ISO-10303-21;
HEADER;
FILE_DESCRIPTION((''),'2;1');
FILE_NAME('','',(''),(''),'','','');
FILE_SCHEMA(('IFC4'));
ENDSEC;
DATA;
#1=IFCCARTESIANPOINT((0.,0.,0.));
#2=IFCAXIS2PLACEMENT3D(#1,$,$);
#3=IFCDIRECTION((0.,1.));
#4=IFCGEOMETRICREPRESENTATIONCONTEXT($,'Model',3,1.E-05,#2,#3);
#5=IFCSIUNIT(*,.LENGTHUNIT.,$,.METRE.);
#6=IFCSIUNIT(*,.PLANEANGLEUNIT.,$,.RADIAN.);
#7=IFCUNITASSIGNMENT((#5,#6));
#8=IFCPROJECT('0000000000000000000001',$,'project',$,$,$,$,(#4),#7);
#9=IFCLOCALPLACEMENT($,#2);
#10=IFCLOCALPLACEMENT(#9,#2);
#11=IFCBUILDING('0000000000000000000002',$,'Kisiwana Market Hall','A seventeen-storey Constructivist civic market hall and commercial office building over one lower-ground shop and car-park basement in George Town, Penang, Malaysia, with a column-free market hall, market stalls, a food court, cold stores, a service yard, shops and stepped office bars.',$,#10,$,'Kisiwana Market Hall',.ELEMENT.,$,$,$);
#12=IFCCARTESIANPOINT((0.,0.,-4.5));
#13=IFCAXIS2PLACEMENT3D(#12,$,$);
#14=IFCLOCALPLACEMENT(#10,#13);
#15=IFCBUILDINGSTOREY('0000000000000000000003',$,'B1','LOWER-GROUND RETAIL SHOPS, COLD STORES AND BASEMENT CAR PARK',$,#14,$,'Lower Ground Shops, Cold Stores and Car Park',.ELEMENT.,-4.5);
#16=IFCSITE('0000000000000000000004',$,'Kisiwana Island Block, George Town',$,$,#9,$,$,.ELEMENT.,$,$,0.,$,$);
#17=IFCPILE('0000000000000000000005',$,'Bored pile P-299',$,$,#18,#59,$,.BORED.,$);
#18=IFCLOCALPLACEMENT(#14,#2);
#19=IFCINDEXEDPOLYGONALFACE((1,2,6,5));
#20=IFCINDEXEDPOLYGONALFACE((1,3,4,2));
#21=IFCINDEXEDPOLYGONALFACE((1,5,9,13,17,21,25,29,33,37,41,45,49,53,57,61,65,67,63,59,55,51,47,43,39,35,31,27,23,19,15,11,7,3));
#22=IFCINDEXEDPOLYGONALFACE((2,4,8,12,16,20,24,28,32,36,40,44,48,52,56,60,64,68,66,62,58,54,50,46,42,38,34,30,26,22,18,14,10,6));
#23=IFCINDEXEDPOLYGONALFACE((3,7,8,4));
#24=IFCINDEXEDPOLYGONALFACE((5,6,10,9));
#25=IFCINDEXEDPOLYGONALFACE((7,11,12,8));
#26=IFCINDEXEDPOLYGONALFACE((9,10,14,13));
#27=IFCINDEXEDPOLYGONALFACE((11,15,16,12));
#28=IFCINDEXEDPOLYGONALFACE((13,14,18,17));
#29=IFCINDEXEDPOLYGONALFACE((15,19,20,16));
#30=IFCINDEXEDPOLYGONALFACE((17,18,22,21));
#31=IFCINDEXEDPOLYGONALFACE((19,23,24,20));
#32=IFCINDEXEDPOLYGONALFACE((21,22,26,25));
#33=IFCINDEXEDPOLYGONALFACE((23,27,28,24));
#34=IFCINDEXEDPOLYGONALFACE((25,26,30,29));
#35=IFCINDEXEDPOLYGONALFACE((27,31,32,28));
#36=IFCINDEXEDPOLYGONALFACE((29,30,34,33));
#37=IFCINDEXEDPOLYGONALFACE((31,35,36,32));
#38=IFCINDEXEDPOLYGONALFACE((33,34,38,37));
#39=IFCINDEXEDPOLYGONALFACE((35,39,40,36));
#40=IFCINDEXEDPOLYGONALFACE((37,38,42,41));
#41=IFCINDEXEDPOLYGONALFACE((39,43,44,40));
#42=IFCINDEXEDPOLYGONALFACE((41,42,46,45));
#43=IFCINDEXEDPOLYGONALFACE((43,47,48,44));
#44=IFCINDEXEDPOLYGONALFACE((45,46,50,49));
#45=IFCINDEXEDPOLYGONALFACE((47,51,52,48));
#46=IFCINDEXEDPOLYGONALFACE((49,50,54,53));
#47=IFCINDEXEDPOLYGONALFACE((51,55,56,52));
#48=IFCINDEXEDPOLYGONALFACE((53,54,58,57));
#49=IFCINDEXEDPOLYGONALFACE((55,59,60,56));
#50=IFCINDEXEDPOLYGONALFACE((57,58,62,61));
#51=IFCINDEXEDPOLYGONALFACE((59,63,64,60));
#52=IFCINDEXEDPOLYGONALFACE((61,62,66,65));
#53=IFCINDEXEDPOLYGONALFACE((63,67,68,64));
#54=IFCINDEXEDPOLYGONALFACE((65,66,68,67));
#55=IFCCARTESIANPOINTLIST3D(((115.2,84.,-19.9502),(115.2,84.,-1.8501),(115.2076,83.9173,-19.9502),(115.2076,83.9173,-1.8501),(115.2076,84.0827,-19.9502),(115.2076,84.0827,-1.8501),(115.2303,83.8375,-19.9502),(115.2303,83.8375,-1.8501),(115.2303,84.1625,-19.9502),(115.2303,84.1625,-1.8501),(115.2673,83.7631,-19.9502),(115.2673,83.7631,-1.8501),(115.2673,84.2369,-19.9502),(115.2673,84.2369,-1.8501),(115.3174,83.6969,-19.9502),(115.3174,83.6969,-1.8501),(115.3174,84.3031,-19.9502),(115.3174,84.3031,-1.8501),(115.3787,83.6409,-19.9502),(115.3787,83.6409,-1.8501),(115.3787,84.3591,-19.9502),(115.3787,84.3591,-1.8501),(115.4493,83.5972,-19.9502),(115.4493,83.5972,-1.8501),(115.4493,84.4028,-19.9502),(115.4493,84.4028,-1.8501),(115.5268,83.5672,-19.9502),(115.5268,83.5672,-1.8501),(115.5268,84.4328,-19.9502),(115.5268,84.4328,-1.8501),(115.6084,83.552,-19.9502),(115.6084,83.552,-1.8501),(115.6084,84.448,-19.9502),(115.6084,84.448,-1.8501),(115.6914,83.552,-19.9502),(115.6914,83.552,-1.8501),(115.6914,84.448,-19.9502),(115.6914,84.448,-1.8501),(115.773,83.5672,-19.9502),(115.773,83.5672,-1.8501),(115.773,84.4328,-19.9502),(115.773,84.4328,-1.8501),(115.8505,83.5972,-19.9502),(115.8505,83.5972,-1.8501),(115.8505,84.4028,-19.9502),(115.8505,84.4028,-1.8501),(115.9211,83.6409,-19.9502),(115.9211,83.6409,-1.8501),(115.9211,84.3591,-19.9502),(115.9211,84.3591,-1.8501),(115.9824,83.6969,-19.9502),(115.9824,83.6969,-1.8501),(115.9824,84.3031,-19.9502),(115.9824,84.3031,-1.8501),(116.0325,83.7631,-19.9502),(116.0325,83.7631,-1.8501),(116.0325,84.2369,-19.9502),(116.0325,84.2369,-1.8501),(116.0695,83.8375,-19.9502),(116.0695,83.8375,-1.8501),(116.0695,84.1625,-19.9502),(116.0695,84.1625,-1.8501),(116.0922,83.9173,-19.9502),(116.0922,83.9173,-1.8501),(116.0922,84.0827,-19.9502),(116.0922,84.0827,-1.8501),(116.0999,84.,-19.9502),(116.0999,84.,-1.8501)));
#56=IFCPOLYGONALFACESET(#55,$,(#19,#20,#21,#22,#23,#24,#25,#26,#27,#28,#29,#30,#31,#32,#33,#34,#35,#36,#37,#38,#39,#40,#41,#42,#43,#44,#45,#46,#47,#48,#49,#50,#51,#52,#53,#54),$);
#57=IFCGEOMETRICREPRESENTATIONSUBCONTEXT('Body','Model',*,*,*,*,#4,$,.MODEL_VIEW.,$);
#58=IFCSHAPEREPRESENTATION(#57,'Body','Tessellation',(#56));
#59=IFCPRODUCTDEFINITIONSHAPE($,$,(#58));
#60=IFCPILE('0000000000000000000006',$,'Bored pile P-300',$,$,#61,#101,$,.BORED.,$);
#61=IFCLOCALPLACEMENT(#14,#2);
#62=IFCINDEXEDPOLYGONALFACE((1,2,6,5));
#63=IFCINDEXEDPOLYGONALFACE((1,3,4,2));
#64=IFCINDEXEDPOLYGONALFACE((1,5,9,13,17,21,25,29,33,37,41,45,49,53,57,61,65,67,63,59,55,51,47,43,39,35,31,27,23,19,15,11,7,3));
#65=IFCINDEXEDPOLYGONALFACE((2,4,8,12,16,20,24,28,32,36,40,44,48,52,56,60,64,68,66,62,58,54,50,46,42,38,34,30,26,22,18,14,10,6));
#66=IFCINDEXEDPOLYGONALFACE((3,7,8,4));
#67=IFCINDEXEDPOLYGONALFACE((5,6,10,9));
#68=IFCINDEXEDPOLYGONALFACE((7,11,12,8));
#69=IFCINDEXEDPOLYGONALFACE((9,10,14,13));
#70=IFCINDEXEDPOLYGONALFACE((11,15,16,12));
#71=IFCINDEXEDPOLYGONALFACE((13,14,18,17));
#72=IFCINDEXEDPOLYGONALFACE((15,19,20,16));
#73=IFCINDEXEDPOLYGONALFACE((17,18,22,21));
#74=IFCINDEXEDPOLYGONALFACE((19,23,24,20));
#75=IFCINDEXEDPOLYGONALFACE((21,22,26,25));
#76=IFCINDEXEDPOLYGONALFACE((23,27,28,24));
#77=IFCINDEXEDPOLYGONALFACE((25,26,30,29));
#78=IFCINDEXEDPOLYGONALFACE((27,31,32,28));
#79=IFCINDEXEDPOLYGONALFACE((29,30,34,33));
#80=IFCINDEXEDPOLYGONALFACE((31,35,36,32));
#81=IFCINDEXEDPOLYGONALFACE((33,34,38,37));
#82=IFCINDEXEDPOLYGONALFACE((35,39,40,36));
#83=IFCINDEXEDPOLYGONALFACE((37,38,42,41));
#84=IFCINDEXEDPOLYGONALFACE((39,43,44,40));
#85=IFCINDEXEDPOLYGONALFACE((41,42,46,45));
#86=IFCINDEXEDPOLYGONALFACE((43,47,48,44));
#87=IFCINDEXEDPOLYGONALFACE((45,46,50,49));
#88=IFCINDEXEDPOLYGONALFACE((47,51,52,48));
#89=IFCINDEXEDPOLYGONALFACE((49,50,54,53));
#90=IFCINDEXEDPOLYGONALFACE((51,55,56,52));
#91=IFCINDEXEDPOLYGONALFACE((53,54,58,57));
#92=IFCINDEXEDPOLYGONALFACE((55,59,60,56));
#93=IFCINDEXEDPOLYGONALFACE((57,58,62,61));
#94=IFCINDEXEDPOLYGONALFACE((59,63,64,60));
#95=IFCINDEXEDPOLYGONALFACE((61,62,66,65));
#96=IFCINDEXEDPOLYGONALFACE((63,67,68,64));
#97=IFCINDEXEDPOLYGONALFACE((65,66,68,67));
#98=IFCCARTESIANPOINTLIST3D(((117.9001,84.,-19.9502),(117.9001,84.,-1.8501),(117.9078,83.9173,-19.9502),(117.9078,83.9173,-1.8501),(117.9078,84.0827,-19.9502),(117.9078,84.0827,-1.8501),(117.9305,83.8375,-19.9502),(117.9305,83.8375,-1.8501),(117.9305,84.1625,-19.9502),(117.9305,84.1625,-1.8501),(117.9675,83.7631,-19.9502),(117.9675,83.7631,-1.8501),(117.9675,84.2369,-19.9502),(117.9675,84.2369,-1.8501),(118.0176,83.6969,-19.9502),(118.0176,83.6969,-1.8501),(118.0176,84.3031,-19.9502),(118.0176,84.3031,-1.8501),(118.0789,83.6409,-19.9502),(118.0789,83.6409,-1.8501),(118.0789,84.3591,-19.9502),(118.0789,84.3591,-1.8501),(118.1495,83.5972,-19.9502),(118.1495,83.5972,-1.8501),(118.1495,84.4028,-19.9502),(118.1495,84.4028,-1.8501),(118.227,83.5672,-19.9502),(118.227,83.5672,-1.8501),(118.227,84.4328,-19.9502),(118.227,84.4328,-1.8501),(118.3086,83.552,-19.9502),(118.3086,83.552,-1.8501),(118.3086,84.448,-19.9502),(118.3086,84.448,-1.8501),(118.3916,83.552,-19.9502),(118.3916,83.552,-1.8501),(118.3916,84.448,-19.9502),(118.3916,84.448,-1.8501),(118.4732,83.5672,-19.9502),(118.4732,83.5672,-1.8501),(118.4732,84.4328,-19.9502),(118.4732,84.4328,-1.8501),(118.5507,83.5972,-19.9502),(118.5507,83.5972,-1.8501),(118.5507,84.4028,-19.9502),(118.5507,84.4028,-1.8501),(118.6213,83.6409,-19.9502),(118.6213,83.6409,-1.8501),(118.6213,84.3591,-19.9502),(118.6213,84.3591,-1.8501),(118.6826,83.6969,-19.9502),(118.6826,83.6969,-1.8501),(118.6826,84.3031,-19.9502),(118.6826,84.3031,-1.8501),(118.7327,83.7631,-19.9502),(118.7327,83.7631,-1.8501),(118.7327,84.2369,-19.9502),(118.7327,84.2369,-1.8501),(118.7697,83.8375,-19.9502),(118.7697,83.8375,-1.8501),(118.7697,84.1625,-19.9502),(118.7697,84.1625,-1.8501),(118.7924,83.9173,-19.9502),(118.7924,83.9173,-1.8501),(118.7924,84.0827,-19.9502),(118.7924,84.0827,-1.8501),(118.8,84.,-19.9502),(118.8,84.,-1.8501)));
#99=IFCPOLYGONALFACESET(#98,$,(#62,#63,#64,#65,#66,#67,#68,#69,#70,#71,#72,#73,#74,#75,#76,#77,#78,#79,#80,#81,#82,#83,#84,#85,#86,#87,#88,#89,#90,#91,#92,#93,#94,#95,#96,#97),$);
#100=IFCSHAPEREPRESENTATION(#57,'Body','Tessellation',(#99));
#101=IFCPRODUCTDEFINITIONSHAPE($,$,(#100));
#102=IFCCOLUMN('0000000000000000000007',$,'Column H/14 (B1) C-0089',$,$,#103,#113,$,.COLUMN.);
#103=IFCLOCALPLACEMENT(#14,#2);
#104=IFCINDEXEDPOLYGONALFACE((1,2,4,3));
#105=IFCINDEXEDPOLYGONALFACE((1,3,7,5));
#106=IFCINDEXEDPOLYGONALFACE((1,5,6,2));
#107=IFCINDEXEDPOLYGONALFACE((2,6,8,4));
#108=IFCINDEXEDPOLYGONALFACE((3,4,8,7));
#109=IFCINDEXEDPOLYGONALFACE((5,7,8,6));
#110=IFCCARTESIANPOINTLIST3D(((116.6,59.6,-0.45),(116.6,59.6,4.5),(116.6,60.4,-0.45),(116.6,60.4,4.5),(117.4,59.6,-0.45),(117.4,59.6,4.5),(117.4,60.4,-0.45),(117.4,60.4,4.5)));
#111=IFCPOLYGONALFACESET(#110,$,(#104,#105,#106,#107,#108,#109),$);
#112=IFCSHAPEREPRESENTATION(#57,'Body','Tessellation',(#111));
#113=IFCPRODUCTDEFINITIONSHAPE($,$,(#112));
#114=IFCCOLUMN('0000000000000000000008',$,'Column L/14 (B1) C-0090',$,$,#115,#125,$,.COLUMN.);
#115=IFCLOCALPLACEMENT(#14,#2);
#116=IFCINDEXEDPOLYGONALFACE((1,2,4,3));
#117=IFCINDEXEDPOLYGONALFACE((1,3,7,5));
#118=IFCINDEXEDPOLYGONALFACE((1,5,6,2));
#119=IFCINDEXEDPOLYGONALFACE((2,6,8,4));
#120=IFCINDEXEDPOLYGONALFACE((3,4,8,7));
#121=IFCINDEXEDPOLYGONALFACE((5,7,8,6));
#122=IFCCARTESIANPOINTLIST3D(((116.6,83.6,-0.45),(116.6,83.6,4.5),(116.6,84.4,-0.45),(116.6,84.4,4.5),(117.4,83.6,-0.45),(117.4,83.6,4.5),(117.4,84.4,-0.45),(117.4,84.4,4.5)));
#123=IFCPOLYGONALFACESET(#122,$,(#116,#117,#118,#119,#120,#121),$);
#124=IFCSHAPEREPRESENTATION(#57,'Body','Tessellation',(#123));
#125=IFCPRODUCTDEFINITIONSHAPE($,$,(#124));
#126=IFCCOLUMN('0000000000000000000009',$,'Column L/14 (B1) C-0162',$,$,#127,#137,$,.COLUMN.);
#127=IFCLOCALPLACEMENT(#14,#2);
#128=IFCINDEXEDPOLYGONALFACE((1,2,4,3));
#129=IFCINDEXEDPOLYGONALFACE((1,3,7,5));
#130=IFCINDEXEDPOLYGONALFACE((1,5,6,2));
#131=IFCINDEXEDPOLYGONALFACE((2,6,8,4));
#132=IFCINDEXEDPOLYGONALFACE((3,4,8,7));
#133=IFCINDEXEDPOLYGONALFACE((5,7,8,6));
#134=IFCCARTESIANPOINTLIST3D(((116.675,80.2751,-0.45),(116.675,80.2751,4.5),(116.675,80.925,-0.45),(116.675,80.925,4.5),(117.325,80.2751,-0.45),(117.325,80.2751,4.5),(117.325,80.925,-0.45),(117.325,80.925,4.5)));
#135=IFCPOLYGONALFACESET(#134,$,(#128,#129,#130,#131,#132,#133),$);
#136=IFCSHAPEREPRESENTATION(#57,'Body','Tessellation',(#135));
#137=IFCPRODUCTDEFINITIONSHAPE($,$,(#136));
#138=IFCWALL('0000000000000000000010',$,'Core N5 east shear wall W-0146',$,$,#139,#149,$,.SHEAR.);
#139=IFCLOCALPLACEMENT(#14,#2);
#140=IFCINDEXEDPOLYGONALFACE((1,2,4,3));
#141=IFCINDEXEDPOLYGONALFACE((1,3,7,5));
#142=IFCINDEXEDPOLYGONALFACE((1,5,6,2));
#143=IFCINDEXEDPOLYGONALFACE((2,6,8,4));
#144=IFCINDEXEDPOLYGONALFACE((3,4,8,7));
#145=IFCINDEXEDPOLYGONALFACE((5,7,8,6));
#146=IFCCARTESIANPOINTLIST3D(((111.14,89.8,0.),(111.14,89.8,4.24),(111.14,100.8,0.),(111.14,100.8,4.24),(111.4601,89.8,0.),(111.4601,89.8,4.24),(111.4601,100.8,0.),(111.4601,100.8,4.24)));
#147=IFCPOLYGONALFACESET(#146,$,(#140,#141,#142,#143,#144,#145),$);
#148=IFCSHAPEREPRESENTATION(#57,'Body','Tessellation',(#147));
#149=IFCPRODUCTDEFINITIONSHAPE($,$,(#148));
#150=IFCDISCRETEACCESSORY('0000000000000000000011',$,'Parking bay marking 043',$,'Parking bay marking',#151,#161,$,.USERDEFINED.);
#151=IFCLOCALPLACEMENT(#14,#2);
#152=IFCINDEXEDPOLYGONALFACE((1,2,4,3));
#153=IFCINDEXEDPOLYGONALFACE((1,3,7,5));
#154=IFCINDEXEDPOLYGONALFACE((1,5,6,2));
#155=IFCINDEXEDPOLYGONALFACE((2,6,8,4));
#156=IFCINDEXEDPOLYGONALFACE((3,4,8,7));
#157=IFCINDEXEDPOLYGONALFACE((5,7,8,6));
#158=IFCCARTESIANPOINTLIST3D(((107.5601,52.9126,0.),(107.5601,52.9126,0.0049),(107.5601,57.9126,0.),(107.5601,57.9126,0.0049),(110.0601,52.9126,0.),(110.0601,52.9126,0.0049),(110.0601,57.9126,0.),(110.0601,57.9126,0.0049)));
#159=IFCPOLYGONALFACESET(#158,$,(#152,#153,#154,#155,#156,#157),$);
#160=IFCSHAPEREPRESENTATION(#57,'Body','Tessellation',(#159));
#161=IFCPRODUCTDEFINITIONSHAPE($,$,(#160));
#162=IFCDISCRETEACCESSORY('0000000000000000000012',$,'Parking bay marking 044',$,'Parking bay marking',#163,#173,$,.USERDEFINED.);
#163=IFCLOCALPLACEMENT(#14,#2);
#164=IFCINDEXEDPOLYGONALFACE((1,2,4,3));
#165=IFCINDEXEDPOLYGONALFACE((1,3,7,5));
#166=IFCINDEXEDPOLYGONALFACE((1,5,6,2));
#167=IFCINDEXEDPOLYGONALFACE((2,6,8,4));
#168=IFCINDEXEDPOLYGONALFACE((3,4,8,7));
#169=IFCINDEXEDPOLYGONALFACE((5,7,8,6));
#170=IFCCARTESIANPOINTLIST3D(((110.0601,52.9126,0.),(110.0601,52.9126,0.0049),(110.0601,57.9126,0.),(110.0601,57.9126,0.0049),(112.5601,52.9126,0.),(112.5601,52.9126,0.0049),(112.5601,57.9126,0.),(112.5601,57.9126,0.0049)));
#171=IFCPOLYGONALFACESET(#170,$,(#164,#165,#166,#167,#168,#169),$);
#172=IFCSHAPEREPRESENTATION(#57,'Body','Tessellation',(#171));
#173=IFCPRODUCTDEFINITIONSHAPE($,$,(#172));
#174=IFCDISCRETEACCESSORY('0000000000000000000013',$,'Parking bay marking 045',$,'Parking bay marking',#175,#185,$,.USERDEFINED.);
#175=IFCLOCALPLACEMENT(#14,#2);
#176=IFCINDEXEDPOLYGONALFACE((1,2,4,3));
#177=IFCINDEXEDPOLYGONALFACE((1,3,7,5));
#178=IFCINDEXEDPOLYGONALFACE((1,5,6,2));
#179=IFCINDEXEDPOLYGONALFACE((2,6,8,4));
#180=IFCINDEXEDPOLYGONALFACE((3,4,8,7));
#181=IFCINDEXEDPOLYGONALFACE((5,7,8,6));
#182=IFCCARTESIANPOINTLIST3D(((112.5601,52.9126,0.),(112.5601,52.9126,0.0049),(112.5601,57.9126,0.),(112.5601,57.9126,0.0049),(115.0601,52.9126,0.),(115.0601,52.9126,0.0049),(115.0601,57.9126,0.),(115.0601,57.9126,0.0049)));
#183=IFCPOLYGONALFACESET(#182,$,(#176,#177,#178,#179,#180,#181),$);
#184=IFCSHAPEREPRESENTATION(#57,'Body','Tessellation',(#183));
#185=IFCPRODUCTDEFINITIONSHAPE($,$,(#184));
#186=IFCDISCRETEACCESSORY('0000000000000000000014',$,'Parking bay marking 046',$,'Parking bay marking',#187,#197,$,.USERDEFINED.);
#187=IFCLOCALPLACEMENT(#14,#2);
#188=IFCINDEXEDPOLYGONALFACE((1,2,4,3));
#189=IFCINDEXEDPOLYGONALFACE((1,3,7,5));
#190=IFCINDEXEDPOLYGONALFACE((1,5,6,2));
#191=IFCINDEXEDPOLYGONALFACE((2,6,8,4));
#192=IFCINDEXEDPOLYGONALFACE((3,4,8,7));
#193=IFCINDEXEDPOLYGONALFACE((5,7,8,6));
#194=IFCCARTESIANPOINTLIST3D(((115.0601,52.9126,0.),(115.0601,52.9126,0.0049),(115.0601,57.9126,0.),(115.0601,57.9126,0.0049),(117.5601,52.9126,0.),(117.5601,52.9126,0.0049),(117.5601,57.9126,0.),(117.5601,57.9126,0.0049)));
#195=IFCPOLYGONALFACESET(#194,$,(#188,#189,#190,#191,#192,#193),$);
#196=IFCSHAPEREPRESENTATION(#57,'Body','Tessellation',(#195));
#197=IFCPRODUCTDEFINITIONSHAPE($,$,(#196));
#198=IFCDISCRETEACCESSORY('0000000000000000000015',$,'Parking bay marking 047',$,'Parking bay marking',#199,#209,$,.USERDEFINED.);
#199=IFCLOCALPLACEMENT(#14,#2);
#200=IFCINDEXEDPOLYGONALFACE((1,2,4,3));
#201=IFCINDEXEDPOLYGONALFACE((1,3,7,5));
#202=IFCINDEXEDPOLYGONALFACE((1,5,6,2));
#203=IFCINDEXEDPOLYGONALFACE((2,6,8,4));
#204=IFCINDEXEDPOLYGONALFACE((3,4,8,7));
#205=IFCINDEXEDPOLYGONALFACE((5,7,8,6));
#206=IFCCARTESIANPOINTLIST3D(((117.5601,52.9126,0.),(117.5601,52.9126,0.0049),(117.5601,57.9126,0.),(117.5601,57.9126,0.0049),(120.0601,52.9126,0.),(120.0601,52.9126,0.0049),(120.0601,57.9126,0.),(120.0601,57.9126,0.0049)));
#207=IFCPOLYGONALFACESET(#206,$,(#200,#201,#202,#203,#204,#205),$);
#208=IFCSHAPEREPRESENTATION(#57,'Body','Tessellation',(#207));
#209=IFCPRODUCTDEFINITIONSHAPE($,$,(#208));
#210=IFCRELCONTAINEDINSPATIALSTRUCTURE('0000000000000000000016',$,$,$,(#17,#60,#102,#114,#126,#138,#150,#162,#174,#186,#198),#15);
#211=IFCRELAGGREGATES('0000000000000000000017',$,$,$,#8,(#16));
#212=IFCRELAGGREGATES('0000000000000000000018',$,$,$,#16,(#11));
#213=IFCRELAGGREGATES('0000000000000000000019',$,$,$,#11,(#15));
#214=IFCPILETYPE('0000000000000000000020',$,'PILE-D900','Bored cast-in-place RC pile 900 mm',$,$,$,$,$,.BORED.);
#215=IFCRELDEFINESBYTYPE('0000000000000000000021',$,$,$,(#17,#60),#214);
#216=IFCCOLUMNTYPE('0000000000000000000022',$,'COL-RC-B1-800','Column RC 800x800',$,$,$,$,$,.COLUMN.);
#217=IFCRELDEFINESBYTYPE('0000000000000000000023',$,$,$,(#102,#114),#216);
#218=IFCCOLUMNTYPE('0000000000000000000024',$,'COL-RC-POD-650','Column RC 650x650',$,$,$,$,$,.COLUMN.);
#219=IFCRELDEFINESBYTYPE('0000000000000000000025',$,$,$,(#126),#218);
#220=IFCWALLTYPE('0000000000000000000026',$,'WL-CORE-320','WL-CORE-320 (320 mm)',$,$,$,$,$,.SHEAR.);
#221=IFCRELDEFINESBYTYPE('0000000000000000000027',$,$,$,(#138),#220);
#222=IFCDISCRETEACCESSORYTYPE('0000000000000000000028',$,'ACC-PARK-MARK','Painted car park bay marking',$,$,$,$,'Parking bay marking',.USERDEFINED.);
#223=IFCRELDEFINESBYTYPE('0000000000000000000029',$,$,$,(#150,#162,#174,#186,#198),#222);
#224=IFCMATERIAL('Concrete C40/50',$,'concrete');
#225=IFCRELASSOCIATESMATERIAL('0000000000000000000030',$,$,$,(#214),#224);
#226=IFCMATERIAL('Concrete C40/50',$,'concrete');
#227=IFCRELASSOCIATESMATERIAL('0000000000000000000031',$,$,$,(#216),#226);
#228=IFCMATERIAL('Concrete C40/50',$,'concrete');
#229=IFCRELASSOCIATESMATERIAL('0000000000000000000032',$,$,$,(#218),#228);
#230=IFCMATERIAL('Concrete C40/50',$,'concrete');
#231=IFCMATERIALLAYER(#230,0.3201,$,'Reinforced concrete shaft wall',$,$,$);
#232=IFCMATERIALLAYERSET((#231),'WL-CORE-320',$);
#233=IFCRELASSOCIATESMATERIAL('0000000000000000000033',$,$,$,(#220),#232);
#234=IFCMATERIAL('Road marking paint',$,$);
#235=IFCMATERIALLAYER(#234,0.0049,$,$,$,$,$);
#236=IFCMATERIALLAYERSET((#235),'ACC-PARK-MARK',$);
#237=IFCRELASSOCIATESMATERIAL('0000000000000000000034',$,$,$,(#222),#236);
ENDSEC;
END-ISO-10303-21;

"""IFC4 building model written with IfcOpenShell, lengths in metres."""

from ifc_helpers import new_model, si_unit, direction, frame, frame_2d, origin, origin_2d, place, context, subcontext, project, spatial, rectangle, circle, extrude, material, layer, layer_set, material_profile, profile_set, type_object, element, save


model = new_model("IFC4")

# Units and contexts
model_context = context("Model", 3, precision=1e-05, world=origin(), true_north=direction((0.0, 1.0)))
body_context = subcontext(model_context, "Body", "Model", "MODEL_VIEW")
ifc_project = project(units=[si_unit("LENGTHUNIT", "METRE"), si_unit("PLANEANGLEUNIT", "RADIAN")], contexts=[model_context])

# Site, building, storey
site_placement = place(None, origin())
site = spatial("IfcSite", under=ifc_project, at=site_placement, Name="Kisiwana Island Block, George Town", CompositionType="ELEMENT", RefElevation=0.0)
building_placement = place(site_placement, origin())
building = spatial("IfcBuilding", under=site, at=building_placement, Name="Kisiwana Market Hall", Description="A seventeen-storey Constructivist civic market hall and commercial office building over one lower-ground shop and car-park basement in George Town, Penang, Malaysia, with a column-free market hall, market stalls, a food court, cold stores, a service yard, shops and stepped office bars.", LongName="Kisiwana Market Hall", CompositionType="ELEMENT")
storey_placement = place(building_placement, frame((0.0, 0.0, -4.5)))
storey = spatial("IfcBuildingStorey", under=building, at=storey_placement, Name="B1", Description="LOWER-GROUND RETAIL SHOPS, COLD STORES AND BASEMENT CAR PARK", LongName="Lower Ground Shops, Cold Stores and Car Park", CompositionType="ELEMENT", Elevation=-4.5)

# Piles
ifc_material_1 = material(Name="Concrete C40/50", Category="concrete")
ifc_material_profile_1 = material_profile(ifc_material_1, circle(Radius=0.45, at=origin_2d()), Name="BP D900")
ifc_profile_set_1 = profile_set([ifc_material_profile_1], Name="Concrete C40/50")
pile_type_1 = type_object("IfcPileType", Name="PILE-D900", Description="Bored cast-in-place RC pile 900 mm", PredefinedType="BORED", material=ifc_profile_set_1)
for number, where, z_axis, x_axis, name in (
    (1, (115.6499, 84.0, -1.8501), (0.0, 0.0, -1.0), (1.0, 0.0, 0.0), "Bored pile P-299"),
    (2, (118.3501, 84.0, -1.8501), (0.0, 0.0, -1.0), (1.0, 0.0, 0.0), "Bored pile P-300"),
):
    element("IfcPile", number, at=place(storey_placement, frame(where, z_axis=z_axis, x_axis=x_axis)), inside=storey, type_object=pile_type_1, Name=name, PredefinedType="BORED", context=body_context, shape_type="SweptSolid", body=[
        extrude(circle(Radius=0.45, at=origin_2d()), origin(), (0.0, 0.0, 1.0), 18.1001),
    ])

# Columns
ifc_material_2 = material(Name="Concrete C40/50", Category="concrete")
ifc_material_profile_2 = material_profile(ifc_material_2, rectangle(XDim=0.8, YDim=0.8, at=origin_2d()), Name="RC 800x800")
ifc_profile_set_2 = profile_set([ifc_material_profile_2], Name="Concrete C40/50")
column_type_1 = type_object("IfcColumnType", Name="COL-RC-B1-800", Description="Column RC 800x800", PredefinedType="COLUMN", material=ifc_profile_set_2)
for number, where, z_axis, x_axis, name in (
    (3, (117.0, 60.0, -0.45), (0.0, 0.0, 1.0), (1.0, 0.0, 0.0), "Column H/14 (B1) C-0089"),
    (4, (117.0, 84.0, -0.45), (0.0, 0.0, 1.0), (1.0, 0.0, 0.0), "Column L/14 (B1) C-0090"),
):
    element("IfcColumn", number, at=place(storey_placement, frame(where, z_axis=z_axis, x_axis=x_axis)), inside=storey, type_object=column_type_1, Name=name, PredefinedType="COLUMN", context=body_context, shape_type="SweptSolid", body=[
        extrude(rectangle(XDim=0.8, YDim=0.8, at=origin_2d()), origin(), (0.0, 0.0, 1.0), 4.95),
    ])
ifc_material_3 = material(Name="Concrete C40/50", Category="concrete")
ifc_material_profile_3 = material_profile(ifc_material_3, rectangle(XDim=0.6499, YDim=0.6499, at=origin_2d()), Name="RC 650x650")
ifc_profile_set_3 = profile_set([ifc_material_profile_3], Name="Concrete C40/50")
column_type_2 = type_object("IfcColumnType", Name="COL-RC-POD-650", Description="Column RC 650x650", PredefinedType="COLUMN", material=ifc_profile_set_3)
column_placement = place(storey_placement, frame((117.0, 80.6001, -0.45), z_axis=(0.0, 0.0, 1.0), x_axis=(1.0, 0.0, 0.0)))
element("IfcColumn", 5, at=column_placement, inside=storey, type_object=column_type_2, Name="Column L/14 (B1) C-0162", PredefinedType="COLUMN", context=body_context, shape_type="SweptSolid", body=[
    extrude(rectangle(XDim=0.6499, YDim=0.6499, at=origin_2d()), origin(), (0.0, 0.0, 1.0), 4.95),
])

# Wall
ifc_material_4 = material(Name="Concrete C40/50", Category="concrete")
ifc_layer_1 = layer(ifc_material_4, 0.3201, Name="Reinforced concrete shaft wall")
ifc_layer_set_1 = layer_set([ifc_layer_1], Name="WL-CORE-320")
wall_type = type_object("IfcWallType", Name="WL-CORE-320", Description="WL-CORE-320 (320 mm)", PredefinedType="SHEAR", material=ifc_layer_set_1)
wall_placement = place(storey_placement, frame((111.3, 89.8, 0.0), z_axis=(0.0, 0.0, 1.0), x_axis=(0.0, 1.0, 0.0)))
element("IfcWall", 6, at=wall_placement, inside=storey, type_object=wall_type, Name="Core N5 east shear wall W-0146", PredefinedType="SHEAR", context=body_context, shape_type="SweptSolid", body=[
    extrude(rectangle(XDim=11.0, YDim=0.3201, at=frame_2d((5.5, 0.0))), origin(), (0.0, 0.0, 1.0), 4.24),
])

# Discrete accessories
ifc_material_5 = material(Name="Road marking paint")
ifc_layer_2 = layer(ifc_material_5, 0.0049)
ifc_layer_set_2 = layer_set([ifc_layer_2], Name="ACC-PARK-MARK")
discrete_accessory_type = type_object("IfcDiscreteAccessoryType", Name="ACC-PARK-MARK", Description="Painted car park bay marking", ElementType="Parking bay marking", PredefinedType="USERDEFINED", material=ifc_layer_set_2)
for number, where, z_axis, x_axis, name in (
    (7, (108.8101, 55.4126, 0.0), (0.0, 0.0, 1.0), (1.0, 0.0, 0.0), "Parking bay marking 043"),
    (8, (111.3101, 55.4126, 0.0), (0.0, 0.0, 1.0), (1.0, 0.0, 0.0), "Parking bay marking 044"),
    (9, (113.8101, 55.4126, 0.0), (0.0, 0.0, 1.0), (1.0, 0.0, 0.0), "Parking bay marking 045"),
    (10, (116.3101, 55.4126, 0.0), (0.0, 0.0, 1.0), (1.0, 0.0, 0.0), "Parking bay marking 046"),
    (11, (118.8101, 55.4126, 0.0), (0.0, 0.0, 1.0), (1.0, 0.0, 0.0), "Parking bay marking 047"),
):
    element("IfcDiscreteAccessory", number, at=place(storey_placement, frame(where, z_axis=z_axis, x_axis=x_axis)), inside=storey, type_object=discrete_accessory_type, Name=name, ObjectType="Parking bay marking", PredefinedType="USERDEFINED", context=body_context, shape_type="SweptSolid", body=[
        extrude(rectangle(XDim=2.5, YDim=5.0, at=origin_2d()), origin(), (0.0, 0.0, 1.0), 0.0049),
    ])

save(model, "model.ifc")
